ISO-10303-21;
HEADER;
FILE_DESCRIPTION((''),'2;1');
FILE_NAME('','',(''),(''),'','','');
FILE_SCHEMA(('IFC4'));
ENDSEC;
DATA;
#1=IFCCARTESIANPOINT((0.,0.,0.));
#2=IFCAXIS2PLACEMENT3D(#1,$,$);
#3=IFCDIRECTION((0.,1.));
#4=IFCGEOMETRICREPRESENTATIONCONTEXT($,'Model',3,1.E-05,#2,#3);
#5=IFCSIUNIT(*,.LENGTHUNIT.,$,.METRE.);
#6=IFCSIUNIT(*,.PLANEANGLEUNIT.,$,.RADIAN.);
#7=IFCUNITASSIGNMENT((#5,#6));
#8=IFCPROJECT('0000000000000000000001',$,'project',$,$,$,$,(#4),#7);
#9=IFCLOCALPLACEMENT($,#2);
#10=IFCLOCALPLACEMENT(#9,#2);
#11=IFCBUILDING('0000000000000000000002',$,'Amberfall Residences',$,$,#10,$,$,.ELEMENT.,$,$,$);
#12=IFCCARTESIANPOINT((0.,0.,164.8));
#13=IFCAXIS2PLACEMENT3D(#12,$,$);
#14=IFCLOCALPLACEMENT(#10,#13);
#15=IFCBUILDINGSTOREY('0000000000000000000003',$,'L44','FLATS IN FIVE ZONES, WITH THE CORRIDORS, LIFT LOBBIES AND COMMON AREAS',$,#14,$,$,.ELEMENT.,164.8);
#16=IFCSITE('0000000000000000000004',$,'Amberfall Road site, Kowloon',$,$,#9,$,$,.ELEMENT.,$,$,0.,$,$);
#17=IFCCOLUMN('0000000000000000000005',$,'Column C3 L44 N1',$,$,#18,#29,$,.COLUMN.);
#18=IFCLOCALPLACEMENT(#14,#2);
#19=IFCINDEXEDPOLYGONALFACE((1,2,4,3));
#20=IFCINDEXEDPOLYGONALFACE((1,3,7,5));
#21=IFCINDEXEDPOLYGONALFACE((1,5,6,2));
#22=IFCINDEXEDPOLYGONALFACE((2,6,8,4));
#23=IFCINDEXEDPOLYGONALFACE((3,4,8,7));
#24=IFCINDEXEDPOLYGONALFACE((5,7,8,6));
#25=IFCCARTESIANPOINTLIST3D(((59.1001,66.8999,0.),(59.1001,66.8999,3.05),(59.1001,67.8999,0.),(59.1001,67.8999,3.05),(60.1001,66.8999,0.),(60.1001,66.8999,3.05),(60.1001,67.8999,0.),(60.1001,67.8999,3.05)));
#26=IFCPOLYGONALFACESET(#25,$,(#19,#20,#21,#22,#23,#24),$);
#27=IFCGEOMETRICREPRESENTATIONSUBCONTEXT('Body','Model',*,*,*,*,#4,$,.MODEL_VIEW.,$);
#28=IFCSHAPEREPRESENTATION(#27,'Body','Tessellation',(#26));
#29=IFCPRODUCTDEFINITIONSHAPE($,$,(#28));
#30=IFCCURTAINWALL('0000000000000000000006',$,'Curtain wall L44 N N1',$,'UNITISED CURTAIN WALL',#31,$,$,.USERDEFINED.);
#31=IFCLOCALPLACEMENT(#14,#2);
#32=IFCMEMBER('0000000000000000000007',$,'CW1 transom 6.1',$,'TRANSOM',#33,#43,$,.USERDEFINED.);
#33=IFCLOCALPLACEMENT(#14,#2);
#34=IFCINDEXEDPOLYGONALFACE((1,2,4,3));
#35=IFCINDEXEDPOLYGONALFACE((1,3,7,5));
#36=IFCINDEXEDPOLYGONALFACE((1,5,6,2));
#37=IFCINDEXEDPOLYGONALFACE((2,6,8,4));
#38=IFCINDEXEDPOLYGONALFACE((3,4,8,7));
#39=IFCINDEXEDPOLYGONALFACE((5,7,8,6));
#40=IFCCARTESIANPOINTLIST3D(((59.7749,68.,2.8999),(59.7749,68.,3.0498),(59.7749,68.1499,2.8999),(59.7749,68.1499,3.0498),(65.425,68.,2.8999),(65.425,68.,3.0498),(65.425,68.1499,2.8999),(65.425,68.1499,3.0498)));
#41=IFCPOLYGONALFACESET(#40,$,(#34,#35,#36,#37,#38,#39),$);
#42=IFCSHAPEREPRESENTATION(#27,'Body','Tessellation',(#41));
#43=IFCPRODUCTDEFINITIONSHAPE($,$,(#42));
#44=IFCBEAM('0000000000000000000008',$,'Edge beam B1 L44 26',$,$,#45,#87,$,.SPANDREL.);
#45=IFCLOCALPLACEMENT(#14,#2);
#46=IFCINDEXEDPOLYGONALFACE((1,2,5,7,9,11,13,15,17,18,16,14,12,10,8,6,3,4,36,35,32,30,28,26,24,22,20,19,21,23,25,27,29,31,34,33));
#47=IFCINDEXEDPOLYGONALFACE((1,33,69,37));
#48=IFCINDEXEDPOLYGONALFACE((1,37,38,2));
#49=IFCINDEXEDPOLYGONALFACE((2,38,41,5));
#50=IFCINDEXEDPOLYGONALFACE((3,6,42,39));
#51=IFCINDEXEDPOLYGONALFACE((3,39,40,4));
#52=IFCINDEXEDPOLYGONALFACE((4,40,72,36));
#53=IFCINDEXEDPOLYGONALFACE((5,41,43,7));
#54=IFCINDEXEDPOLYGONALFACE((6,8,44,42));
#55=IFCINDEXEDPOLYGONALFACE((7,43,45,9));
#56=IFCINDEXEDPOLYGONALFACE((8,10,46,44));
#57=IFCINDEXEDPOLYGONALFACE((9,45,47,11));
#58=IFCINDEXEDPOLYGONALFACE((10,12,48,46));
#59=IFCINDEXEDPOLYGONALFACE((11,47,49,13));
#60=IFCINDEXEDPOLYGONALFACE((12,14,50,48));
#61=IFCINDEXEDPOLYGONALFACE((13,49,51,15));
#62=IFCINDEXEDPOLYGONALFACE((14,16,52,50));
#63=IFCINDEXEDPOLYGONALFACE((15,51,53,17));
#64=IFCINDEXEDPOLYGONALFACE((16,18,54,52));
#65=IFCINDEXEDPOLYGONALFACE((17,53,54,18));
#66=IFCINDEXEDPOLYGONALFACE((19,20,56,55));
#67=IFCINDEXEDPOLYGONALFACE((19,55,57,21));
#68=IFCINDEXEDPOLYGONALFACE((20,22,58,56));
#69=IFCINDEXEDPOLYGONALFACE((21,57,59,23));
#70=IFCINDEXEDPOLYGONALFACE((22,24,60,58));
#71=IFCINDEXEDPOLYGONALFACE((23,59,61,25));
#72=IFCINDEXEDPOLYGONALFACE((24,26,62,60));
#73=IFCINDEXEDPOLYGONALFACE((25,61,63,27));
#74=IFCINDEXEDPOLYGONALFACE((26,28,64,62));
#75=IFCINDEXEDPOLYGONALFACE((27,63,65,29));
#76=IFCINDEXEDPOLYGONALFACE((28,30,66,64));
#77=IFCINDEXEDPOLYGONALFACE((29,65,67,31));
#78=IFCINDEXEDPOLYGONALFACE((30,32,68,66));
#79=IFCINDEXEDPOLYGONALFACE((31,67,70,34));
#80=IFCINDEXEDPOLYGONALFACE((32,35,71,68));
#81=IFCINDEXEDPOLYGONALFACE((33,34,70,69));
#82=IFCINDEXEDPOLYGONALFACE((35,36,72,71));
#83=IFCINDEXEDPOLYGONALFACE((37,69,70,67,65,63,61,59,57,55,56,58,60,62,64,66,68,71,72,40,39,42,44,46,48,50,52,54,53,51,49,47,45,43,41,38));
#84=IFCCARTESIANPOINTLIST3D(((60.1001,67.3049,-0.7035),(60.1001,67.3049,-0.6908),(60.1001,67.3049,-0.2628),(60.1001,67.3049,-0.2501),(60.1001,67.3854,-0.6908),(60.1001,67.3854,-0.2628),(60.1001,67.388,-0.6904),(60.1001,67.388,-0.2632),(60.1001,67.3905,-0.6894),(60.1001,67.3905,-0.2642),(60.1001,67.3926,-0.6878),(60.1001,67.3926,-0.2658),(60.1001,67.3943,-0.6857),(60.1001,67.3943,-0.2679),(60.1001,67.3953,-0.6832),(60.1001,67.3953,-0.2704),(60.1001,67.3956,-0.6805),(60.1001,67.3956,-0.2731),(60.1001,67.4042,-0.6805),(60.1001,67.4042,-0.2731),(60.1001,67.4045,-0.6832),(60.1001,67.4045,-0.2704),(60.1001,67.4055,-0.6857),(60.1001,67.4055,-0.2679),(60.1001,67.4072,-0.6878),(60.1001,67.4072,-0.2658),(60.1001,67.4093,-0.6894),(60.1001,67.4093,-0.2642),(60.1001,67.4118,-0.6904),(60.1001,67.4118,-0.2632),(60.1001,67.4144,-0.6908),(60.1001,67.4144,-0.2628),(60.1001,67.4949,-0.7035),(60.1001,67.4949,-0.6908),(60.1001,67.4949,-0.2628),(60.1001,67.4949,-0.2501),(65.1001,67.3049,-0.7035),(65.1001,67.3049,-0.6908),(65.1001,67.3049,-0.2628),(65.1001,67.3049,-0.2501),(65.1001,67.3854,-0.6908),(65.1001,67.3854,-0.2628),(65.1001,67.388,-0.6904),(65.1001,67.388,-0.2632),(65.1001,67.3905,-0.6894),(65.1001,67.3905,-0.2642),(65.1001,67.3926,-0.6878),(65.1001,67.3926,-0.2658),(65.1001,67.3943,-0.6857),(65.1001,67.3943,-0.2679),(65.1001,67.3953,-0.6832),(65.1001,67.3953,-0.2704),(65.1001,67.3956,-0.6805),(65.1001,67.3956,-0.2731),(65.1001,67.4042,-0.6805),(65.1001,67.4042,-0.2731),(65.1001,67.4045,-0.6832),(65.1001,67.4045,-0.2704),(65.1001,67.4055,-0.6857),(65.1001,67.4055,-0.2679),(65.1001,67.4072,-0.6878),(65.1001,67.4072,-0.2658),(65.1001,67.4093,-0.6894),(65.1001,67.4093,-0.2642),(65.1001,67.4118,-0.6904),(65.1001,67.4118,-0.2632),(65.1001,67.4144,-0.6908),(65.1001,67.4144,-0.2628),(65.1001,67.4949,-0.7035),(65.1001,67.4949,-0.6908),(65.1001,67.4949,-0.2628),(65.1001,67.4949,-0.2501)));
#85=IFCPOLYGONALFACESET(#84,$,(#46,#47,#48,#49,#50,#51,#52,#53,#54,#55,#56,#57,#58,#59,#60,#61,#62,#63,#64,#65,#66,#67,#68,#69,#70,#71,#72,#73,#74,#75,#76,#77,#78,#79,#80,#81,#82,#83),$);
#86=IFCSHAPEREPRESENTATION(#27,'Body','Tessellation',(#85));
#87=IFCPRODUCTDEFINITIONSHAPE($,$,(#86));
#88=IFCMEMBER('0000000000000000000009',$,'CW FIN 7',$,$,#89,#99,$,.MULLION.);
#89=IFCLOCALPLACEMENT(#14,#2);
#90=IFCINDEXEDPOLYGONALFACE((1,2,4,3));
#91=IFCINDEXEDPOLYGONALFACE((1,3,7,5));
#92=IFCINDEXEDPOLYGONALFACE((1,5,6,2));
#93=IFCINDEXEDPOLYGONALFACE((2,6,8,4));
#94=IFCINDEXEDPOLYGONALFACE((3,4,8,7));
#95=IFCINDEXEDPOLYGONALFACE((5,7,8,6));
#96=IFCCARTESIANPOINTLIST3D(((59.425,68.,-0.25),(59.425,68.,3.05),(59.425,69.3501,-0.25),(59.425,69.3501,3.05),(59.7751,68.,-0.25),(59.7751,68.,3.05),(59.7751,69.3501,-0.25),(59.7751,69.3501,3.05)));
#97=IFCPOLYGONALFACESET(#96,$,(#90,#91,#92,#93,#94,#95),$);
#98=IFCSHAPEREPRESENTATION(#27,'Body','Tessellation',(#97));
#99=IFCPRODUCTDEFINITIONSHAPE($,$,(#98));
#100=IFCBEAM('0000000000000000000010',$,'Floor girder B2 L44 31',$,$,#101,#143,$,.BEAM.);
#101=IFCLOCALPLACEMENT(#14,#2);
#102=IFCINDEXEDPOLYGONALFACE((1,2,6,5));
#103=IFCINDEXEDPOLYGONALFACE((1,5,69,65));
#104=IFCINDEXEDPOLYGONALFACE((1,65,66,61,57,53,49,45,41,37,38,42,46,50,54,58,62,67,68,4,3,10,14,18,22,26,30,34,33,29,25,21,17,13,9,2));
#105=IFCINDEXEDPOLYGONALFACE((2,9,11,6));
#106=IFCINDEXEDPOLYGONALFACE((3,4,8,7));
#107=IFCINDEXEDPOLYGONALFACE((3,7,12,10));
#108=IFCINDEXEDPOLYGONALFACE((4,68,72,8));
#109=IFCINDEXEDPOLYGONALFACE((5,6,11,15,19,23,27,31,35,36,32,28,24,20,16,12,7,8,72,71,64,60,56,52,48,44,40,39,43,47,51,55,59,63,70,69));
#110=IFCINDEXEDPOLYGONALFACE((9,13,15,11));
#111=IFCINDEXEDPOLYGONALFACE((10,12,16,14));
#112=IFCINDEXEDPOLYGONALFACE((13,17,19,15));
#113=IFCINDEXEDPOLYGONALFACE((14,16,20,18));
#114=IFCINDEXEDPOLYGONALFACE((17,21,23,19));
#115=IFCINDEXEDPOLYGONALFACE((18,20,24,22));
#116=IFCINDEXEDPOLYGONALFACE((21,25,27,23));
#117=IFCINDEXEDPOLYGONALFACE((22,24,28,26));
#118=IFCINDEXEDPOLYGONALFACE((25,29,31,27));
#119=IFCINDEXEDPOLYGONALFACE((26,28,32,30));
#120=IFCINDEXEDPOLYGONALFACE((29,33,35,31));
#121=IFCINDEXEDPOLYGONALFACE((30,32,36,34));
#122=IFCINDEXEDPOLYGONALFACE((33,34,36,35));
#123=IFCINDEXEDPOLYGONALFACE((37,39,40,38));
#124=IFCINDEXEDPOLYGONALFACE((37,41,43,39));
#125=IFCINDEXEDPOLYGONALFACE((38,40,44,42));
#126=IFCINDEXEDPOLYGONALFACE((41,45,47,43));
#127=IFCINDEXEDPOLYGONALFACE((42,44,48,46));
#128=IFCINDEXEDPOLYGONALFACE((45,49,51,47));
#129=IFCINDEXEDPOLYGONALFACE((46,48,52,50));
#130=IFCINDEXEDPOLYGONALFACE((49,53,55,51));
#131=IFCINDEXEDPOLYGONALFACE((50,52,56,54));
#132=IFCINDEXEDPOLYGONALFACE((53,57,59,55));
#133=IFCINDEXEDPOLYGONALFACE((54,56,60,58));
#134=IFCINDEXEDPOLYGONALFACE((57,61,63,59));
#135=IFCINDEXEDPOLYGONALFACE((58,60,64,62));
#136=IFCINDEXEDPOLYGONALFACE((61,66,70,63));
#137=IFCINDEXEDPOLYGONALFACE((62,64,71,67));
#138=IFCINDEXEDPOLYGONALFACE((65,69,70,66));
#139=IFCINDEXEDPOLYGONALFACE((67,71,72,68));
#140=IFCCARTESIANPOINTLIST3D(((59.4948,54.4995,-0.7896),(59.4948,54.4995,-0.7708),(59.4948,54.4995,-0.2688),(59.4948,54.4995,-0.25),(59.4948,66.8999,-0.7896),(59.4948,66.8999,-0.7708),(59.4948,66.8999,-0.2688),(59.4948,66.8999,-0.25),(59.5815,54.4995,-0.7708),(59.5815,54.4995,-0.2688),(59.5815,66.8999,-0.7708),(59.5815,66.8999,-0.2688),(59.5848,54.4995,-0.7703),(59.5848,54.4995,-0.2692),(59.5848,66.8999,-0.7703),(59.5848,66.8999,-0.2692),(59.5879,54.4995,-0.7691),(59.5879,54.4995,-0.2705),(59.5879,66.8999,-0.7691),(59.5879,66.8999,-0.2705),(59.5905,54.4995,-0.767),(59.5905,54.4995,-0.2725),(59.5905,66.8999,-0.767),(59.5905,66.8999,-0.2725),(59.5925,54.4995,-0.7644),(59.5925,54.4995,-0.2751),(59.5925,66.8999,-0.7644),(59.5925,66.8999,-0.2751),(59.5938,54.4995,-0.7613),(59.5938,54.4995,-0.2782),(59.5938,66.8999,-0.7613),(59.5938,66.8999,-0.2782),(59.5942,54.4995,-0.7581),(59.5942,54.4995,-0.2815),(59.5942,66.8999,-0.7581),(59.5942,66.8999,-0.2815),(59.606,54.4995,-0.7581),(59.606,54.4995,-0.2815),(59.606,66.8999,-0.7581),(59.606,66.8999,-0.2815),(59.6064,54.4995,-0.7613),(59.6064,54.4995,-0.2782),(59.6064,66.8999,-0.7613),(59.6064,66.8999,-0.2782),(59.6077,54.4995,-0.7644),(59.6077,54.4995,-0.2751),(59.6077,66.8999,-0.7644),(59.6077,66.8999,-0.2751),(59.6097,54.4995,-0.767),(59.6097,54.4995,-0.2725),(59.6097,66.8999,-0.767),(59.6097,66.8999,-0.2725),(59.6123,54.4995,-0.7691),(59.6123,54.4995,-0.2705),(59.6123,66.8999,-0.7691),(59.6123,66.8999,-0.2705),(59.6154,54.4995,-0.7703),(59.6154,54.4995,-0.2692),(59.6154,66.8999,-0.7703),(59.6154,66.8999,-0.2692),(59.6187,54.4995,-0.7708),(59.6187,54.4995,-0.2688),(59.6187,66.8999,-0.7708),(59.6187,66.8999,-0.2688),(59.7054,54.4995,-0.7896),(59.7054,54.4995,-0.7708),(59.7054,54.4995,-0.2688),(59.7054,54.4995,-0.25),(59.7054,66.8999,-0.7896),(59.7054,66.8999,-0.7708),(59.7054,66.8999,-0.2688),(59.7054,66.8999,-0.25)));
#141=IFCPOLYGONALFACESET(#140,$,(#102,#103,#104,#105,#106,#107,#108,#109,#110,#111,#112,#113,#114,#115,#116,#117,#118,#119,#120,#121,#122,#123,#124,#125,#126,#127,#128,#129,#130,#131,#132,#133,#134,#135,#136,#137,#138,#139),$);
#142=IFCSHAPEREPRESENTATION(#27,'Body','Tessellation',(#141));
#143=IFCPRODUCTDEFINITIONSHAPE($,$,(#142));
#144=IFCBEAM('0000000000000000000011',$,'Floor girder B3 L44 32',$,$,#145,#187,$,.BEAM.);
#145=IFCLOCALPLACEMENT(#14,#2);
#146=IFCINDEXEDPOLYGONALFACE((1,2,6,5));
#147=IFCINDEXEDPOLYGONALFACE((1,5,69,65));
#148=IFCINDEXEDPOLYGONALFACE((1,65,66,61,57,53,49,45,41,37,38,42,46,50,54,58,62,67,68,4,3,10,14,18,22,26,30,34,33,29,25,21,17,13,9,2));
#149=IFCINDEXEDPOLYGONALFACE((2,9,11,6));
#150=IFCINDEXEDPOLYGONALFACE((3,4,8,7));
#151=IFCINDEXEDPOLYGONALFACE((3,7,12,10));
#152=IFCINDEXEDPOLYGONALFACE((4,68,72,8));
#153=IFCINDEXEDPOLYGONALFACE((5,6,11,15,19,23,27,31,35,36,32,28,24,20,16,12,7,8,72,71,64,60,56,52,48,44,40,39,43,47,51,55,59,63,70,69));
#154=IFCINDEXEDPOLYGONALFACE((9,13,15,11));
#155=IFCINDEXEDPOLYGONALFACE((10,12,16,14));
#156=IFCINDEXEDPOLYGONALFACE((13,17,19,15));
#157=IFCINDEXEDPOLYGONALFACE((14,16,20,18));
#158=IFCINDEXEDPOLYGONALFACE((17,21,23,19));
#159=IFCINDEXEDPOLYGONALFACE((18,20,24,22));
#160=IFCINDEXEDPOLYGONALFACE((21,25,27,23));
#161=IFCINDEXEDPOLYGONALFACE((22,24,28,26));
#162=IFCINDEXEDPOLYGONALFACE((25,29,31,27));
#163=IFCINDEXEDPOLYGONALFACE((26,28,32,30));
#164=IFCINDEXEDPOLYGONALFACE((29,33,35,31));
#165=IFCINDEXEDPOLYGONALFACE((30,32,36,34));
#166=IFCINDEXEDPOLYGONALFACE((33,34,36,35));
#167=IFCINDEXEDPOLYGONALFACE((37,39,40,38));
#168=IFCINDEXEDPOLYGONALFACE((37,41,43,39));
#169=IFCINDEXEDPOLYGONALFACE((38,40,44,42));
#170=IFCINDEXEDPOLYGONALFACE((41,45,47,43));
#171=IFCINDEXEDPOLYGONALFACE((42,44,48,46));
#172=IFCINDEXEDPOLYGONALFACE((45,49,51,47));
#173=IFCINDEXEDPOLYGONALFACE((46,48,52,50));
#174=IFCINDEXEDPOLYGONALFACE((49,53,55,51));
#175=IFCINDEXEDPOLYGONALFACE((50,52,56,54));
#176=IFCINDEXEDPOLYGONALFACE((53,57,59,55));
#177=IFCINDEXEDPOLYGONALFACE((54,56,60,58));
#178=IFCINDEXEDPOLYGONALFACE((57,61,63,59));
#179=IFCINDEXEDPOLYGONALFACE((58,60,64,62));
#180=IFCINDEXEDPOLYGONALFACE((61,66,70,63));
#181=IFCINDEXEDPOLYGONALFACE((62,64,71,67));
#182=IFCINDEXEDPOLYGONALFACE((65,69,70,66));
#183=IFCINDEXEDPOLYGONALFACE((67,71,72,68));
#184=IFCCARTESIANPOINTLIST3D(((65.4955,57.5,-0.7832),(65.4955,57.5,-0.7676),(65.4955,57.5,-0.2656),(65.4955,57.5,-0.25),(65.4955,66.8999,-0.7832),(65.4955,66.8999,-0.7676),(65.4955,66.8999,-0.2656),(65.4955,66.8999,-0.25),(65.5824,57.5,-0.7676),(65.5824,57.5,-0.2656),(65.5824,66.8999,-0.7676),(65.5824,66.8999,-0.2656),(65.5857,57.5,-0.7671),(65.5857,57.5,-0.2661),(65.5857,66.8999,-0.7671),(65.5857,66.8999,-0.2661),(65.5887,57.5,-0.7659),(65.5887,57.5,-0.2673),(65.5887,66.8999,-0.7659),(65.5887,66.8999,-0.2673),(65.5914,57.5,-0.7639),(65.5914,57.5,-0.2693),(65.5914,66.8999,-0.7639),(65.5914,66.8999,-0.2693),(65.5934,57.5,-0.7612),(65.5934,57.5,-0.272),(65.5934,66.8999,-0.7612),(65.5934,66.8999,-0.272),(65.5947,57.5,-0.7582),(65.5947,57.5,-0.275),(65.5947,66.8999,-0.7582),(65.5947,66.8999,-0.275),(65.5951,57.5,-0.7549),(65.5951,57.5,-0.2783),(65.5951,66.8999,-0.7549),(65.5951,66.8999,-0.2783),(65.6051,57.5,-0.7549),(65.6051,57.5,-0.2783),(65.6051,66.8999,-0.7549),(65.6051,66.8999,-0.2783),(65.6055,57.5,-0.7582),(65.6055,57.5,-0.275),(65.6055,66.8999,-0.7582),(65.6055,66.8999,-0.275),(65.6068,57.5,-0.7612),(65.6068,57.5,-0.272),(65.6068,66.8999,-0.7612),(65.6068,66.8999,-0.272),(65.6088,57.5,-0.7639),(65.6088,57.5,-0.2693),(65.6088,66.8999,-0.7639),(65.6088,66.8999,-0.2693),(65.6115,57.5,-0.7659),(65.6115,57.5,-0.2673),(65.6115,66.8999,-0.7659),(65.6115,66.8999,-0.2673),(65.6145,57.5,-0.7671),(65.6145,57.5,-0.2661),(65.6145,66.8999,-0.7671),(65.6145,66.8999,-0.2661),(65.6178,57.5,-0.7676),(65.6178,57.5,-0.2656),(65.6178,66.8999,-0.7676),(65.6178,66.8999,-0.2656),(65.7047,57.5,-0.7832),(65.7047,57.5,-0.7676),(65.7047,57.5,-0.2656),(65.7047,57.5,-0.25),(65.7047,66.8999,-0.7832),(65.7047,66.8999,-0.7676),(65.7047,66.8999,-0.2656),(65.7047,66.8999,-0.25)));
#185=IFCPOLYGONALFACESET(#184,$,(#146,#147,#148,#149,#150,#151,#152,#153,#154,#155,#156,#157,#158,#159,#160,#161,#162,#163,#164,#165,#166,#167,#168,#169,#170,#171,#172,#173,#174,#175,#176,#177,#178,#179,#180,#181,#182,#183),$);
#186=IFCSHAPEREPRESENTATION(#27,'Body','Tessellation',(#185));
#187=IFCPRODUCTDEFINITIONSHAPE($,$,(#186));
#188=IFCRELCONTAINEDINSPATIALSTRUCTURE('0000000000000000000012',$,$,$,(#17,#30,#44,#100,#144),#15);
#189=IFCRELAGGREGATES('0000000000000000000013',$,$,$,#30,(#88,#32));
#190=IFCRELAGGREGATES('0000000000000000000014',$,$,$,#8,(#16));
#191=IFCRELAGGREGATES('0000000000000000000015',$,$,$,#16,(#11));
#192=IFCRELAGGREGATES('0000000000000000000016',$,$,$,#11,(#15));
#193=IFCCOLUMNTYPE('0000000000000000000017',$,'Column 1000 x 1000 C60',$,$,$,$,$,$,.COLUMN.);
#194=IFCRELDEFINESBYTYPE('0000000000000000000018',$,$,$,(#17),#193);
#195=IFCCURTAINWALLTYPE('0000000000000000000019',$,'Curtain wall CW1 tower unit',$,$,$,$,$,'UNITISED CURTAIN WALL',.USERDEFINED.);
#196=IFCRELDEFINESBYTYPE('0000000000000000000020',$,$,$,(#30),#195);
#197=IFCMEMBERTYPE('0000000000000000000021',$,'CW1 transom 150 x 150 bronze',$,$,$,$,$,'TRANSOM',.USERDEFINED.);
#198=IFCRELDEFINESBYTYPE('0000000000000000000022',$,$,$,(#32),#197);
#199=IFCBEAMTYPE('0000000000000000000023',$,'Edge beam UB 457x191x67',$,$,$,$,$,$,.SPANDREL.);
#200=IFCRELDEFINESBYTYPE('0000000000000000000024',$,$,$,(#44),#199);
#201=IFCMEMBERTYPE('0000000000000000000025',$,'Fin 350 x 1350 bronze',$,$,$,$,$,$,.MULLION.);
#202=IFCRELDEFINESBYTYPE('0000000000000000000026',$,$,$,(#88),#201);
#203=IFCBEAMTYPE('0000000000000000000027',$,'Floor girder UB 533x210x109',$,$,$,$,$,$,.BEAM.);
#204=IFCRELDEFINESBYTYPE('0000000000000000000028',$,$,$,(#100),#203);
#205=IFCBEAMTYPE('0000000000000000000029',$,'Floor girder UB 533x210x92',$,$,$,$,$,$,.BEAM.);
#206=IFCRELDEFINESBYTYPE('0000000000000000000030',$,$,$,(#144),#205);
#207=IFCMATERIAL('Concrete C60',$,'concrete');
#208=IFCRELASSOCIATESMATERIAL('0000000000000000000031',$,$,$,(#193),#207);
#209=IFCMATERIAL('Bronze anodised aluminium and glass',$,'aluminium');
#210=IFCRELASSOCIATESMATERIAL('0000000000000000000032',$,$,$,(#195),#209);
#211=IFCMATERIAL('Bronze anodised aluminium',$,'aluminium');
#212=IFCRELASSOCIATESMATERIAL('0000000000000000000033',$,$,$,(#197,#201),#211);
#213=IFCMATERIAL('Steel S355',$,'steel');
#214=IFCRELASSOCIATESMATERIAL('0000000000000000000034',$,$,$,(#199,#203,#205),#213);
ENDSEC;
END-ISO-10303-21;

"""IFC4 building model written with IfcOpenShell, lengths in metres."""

from ifc_helpers import new_model, si_unit, direction, frame, origin, origin_2d, place, context, subcontext, project, spatial, rectangle, i_section, extrude, material, material_profile, profile_set, type_object, element, aggregate, save


model = new_model("IFC4")

# Units and contexts
model_context = context("Model", 3, precision=1e-05, world=origin(), true_north=direction((0.0, 1.0)))
body_context = subcontext(model_context, "Body", "Model", "MODEL_VIEW")
ifc_project = project(units=[si_unit("LENGTHUNIT", "METRE"), si_unit("PLANEANGLEUNIT", "RADIAN")], contexts=[model_context])

# Site, building, storey
site_placement = place(None, origin())
site = spatial("IfcSite", under=ifc_project, at=site_placement, Name="Amberfall Road site, Kowloon", CompositionType="ELEMENT", RefElevation=0.0)
building_placement = place(site_placement, origin())
building = spatial("IfcBuilding", under=site, at=building_placement, Name="Amberfall Residences", CompositionType="ELEMENT")
storey_placement = place(building_placement, frame((0.0, 0.0, 164.8)))
storey = spatial("IfcBuildingStorey", under=building, at=storey_placement, Name="L44", Description="FLATS IN FIVE ZONES, WITH THE CORRIDORS, LIFT LOBBIES AND COMMON AREAS", CompositionType="ELEMENT", Elevation=164.8)

# Column
ifc_material_1 = material(Name="Concrete C60", Category="concrete")
ifc_material_profile_1 = material_profile(ifc_material_1, rectangle(XDim=1.0, YDim=1.0, at=origin_2d()), Name="Column 1000 x 1000 C60")
ifc_profile_set_1 = profile_set([ifc_material_profile_1], Name="Concrete C60")
column_type = type_object("IfcColumnType", Name="Column 1000 x 1000 C60", PredefinedType="COLUMN", material=ifc_profile_set_1)
column_placement = place(storey_placement, frame((59.6001, 67.3999, 0.0), z_axis=(0.0, 0.0, 1.0), x_axis=(1.0, 0.0, 0.0)))
element("IfcColumn", 1, at=column_placement, inside=storey, type_object=column_type, Name="Column C3 L44 N1", PredefinedType="COLUMN", context=body_context, shape_type="SweptSolid", body=[
    extrude(rectangle(XDim=1.0, YDim=1.0, at=origin_2d()), origin(), (0.0, 0.0, 1.0), 3.05),
])

# Curtain wall, member
ifc_material_2 = material(Name="Bronze anodised aluminium and glass", Category="aluminium")
curtain_wall_type = type_object("IfcCurtainWallType", Name="Curtain wall CW1 tower unit", ElementType="UNITISED CURTAIN WALL", PredefinedType="USERDEFINED", material=ifc_material_2)
curtain_wall_placement = place(storey_placement, origin())
curtain_wall = element("IfcCurtainWall", 2, at=curtain_wall_placement, inside=storey, type_object=curtain_wall_type, Name="Curtain wall L44 N N1", ObjectType="UNITISED CURTAIN WALL", PredefinedType="USERDEFINED")
ifc_material_3 = material(Name="Bronze anodised aluminium", Category="aluminium")
ifc_material_profile_2 = material_profile(ifc_material_3, rectangle(XDim=0.1499, YDim=0.1499, at=origin_2d()), Name="CW1 transom 150 x 150 bronze")
ifc_profile_set_2 = profile_set([ifc_material_profile_2], Name="Bronze anodised aluminium")
member_type_1 = type_object("IfcMemberType", Name="CW1 transom 150 x 150 bronze", ElementType="TRANSOM", PredefinedType="USERDEFINED", material=ifc_profile_set_2)
member_1_placement = place(storey_placement, frame((65.425, 68.075, 2.9749), z_axis=(-1.0, 0.0, 0.0), x_axis=(0.0, -1.0, 0.0)))
member_1 = element("IfcMember", 3, at=member_1_placement, type_object=member_type_1, Name="CW1 transom 6.1", ObjectType="TRANSOM", PredefinedType="USERDEFINED", context=body_context, shape_type="SweptSolid", body=[
    extrude(rectangle(XDim=0.1499, YDim=0.1499, at=origin_2d()), origin(), (0.0, 0.0, 1.0), 5.6501),
])

# Beam
ifc_material_4 = material(Name="Steel S355", Category="steel")
ifc_material_profile_3 = material_profile(ifc_material_4, i_section(OverallWidth=0.1899, OverallDepth=0.4534, WebThickness=0.0085, FlangeThickness=0.0127, FilletRadius=0.0103, at=origin_2d()), Name="UB 457x191x67")
ifc_profile_set_3 = profile_set([ifc_material_profile_3], Name="Steel S355")
beam_type_1 = type_object("IfcBeamType", Name="Edge beam UB 457x191x67", PredefinedType="SPANDREL", material=ifc_profile_set_3)
beam_1_placement = place(storey_placement, frame((60.1001, 67.3999, -0.4768), z_axis=(1.0, 0.0, 0.0), x_axis=(0.0, 1.0, 0.0)))
element("IfcBeam", 4, at=beam_1_placement, inside=storey, type_object=beam_type_1, Name="Edge beam B1 L44 26", PredefinedType="SPANDREL", context=body_context, shape_type="SweptSolid", body=[
    extrude(i_section(OverallWidth=0.1899, OverallDepth=0.4534, WebThickness=0.0085, FlangeThickness=0.0127, FilletRadius=0.0103, at=origin_2d()), origin(), (0.0, 0.0, 1.0), 5.0),
])

# Member
ifc_material_profile_4 = material_profile(ifc_material_3, rectangle(XDim=1.3501, YDim=0.3501, at=origin_2d()), Name="Fin 350 x 1350 bronze")
ifc_profile_set_4 = profile_set([ifc_material_profile_4], Name="Bronze anodised aluminium")
member_type_2 = type_object("IfcMemberType", Name="Fin 350 x 1350 bronze", PredefinedType="MULLION", material=ifc_profile_set_4)
member_2_placement = place(storey_placement, frame((59.6001, 68.675, -0.25), z_axis=(0.0, 0.0, 1.0), x_axis=(0.0, -1.0, 0.0)))
member_2 = element("IfcMember", 5, at=member_2_placement, type_object=member_type_2, Name="CW FIN 7", PredefinedType="MULLION", context=body_context, shape_type="SweptSolid", body=[
    extrude(rectangle(XDim=1.3501, YDim=0.3501, at=origin_2d()), origin(), (0.0, 0.0, 1.0), 3.3),
])

# Beams
ifc_material_profile_5 = material_profile(ifc_material_4, i_section(OverallWidth=0.2107, OverallDepth=0.5396, WebThickness=0.0117, FlangeThickness=0.0188, FilletRadius=0.0127, at=origin_2d()), Name="UB 533x210x109")
ifc_profile_set_5 = profile_set([ifc_material_profile_5], Name="Steel S355")
beam_type_2 = type_object("IfcBeamType", Name="Floor girder UB 533x210x109", PredefinedType="BEAM", material=ifc_profile_set_5)
beam_2_placement = place(storey_placement, frame((59.6001, 66.8999, -0.5198), z_axis=(0.0, -1.0, 0.0), x_axis=(1.0, 0.0, 0.0)))
element("IfcBeam", 6, at=beam_2_placement, inside=storey, type_object=beam_type_2, Name="Floor girder B2 L44 31", PredefinedType="BEAM", context=body_context, shape_type="SweptSolid", body=[
    extrude(i_section(OverallWidth=0.2107, OverallDepth=0.5396, WebThickness=0.0117, FlangeThickness=0.0188, FilletRadius=0.0127, at=origin_2d()), origin(), (0.0, 0.0, 1.0), 12.4004),
])
ifc_material_profile_6 = material_profile(ifc_material_4, i_section(OverallWidth=0.2092, OverallDepth=0.5332, WebThickness=0.01, FlangeThickness=0.0156, FilletRadius=0.0127, at=origin_2d()), Name="UB 533x210x92")
ifc_profile_set_6 = profile_set([ifc_material_profile_6], Name="Steel S355")
beam_type_3 = type_object("IfcBeamType", Name="Floor girder UB 533x210x92", PredefinedType="BEAM", material=ifc_profile_set_6)
beam_3_placement = place(storey_placement, frame((65.6001, 66.8999, -0.5166), z_axis=(0.0, -1.0, 0.0), x_axis=(1.0, 0.0, 0.0)))
element("IfcBeam", 7, at=beam_3_placement, inside=storey, type_object=beam_type_3, Name="Floor girder B3 L44 32", PredefinedType="BEAM", context=body_context, shape_type="SweptSolid", body=[
    extrude(i_section(OverallWidth=0.2092, OverallDepth=0.5332, WebThickness=0.01, FlangeThickness=0.0156, FilletRadius=0.0127, at=origin_2d()), origin(), (0.0, 0.0, 1.0), 9.3999),
])

aggregate(curtain_wall, [member_2, member_1])

save(model, "model.ifc")
